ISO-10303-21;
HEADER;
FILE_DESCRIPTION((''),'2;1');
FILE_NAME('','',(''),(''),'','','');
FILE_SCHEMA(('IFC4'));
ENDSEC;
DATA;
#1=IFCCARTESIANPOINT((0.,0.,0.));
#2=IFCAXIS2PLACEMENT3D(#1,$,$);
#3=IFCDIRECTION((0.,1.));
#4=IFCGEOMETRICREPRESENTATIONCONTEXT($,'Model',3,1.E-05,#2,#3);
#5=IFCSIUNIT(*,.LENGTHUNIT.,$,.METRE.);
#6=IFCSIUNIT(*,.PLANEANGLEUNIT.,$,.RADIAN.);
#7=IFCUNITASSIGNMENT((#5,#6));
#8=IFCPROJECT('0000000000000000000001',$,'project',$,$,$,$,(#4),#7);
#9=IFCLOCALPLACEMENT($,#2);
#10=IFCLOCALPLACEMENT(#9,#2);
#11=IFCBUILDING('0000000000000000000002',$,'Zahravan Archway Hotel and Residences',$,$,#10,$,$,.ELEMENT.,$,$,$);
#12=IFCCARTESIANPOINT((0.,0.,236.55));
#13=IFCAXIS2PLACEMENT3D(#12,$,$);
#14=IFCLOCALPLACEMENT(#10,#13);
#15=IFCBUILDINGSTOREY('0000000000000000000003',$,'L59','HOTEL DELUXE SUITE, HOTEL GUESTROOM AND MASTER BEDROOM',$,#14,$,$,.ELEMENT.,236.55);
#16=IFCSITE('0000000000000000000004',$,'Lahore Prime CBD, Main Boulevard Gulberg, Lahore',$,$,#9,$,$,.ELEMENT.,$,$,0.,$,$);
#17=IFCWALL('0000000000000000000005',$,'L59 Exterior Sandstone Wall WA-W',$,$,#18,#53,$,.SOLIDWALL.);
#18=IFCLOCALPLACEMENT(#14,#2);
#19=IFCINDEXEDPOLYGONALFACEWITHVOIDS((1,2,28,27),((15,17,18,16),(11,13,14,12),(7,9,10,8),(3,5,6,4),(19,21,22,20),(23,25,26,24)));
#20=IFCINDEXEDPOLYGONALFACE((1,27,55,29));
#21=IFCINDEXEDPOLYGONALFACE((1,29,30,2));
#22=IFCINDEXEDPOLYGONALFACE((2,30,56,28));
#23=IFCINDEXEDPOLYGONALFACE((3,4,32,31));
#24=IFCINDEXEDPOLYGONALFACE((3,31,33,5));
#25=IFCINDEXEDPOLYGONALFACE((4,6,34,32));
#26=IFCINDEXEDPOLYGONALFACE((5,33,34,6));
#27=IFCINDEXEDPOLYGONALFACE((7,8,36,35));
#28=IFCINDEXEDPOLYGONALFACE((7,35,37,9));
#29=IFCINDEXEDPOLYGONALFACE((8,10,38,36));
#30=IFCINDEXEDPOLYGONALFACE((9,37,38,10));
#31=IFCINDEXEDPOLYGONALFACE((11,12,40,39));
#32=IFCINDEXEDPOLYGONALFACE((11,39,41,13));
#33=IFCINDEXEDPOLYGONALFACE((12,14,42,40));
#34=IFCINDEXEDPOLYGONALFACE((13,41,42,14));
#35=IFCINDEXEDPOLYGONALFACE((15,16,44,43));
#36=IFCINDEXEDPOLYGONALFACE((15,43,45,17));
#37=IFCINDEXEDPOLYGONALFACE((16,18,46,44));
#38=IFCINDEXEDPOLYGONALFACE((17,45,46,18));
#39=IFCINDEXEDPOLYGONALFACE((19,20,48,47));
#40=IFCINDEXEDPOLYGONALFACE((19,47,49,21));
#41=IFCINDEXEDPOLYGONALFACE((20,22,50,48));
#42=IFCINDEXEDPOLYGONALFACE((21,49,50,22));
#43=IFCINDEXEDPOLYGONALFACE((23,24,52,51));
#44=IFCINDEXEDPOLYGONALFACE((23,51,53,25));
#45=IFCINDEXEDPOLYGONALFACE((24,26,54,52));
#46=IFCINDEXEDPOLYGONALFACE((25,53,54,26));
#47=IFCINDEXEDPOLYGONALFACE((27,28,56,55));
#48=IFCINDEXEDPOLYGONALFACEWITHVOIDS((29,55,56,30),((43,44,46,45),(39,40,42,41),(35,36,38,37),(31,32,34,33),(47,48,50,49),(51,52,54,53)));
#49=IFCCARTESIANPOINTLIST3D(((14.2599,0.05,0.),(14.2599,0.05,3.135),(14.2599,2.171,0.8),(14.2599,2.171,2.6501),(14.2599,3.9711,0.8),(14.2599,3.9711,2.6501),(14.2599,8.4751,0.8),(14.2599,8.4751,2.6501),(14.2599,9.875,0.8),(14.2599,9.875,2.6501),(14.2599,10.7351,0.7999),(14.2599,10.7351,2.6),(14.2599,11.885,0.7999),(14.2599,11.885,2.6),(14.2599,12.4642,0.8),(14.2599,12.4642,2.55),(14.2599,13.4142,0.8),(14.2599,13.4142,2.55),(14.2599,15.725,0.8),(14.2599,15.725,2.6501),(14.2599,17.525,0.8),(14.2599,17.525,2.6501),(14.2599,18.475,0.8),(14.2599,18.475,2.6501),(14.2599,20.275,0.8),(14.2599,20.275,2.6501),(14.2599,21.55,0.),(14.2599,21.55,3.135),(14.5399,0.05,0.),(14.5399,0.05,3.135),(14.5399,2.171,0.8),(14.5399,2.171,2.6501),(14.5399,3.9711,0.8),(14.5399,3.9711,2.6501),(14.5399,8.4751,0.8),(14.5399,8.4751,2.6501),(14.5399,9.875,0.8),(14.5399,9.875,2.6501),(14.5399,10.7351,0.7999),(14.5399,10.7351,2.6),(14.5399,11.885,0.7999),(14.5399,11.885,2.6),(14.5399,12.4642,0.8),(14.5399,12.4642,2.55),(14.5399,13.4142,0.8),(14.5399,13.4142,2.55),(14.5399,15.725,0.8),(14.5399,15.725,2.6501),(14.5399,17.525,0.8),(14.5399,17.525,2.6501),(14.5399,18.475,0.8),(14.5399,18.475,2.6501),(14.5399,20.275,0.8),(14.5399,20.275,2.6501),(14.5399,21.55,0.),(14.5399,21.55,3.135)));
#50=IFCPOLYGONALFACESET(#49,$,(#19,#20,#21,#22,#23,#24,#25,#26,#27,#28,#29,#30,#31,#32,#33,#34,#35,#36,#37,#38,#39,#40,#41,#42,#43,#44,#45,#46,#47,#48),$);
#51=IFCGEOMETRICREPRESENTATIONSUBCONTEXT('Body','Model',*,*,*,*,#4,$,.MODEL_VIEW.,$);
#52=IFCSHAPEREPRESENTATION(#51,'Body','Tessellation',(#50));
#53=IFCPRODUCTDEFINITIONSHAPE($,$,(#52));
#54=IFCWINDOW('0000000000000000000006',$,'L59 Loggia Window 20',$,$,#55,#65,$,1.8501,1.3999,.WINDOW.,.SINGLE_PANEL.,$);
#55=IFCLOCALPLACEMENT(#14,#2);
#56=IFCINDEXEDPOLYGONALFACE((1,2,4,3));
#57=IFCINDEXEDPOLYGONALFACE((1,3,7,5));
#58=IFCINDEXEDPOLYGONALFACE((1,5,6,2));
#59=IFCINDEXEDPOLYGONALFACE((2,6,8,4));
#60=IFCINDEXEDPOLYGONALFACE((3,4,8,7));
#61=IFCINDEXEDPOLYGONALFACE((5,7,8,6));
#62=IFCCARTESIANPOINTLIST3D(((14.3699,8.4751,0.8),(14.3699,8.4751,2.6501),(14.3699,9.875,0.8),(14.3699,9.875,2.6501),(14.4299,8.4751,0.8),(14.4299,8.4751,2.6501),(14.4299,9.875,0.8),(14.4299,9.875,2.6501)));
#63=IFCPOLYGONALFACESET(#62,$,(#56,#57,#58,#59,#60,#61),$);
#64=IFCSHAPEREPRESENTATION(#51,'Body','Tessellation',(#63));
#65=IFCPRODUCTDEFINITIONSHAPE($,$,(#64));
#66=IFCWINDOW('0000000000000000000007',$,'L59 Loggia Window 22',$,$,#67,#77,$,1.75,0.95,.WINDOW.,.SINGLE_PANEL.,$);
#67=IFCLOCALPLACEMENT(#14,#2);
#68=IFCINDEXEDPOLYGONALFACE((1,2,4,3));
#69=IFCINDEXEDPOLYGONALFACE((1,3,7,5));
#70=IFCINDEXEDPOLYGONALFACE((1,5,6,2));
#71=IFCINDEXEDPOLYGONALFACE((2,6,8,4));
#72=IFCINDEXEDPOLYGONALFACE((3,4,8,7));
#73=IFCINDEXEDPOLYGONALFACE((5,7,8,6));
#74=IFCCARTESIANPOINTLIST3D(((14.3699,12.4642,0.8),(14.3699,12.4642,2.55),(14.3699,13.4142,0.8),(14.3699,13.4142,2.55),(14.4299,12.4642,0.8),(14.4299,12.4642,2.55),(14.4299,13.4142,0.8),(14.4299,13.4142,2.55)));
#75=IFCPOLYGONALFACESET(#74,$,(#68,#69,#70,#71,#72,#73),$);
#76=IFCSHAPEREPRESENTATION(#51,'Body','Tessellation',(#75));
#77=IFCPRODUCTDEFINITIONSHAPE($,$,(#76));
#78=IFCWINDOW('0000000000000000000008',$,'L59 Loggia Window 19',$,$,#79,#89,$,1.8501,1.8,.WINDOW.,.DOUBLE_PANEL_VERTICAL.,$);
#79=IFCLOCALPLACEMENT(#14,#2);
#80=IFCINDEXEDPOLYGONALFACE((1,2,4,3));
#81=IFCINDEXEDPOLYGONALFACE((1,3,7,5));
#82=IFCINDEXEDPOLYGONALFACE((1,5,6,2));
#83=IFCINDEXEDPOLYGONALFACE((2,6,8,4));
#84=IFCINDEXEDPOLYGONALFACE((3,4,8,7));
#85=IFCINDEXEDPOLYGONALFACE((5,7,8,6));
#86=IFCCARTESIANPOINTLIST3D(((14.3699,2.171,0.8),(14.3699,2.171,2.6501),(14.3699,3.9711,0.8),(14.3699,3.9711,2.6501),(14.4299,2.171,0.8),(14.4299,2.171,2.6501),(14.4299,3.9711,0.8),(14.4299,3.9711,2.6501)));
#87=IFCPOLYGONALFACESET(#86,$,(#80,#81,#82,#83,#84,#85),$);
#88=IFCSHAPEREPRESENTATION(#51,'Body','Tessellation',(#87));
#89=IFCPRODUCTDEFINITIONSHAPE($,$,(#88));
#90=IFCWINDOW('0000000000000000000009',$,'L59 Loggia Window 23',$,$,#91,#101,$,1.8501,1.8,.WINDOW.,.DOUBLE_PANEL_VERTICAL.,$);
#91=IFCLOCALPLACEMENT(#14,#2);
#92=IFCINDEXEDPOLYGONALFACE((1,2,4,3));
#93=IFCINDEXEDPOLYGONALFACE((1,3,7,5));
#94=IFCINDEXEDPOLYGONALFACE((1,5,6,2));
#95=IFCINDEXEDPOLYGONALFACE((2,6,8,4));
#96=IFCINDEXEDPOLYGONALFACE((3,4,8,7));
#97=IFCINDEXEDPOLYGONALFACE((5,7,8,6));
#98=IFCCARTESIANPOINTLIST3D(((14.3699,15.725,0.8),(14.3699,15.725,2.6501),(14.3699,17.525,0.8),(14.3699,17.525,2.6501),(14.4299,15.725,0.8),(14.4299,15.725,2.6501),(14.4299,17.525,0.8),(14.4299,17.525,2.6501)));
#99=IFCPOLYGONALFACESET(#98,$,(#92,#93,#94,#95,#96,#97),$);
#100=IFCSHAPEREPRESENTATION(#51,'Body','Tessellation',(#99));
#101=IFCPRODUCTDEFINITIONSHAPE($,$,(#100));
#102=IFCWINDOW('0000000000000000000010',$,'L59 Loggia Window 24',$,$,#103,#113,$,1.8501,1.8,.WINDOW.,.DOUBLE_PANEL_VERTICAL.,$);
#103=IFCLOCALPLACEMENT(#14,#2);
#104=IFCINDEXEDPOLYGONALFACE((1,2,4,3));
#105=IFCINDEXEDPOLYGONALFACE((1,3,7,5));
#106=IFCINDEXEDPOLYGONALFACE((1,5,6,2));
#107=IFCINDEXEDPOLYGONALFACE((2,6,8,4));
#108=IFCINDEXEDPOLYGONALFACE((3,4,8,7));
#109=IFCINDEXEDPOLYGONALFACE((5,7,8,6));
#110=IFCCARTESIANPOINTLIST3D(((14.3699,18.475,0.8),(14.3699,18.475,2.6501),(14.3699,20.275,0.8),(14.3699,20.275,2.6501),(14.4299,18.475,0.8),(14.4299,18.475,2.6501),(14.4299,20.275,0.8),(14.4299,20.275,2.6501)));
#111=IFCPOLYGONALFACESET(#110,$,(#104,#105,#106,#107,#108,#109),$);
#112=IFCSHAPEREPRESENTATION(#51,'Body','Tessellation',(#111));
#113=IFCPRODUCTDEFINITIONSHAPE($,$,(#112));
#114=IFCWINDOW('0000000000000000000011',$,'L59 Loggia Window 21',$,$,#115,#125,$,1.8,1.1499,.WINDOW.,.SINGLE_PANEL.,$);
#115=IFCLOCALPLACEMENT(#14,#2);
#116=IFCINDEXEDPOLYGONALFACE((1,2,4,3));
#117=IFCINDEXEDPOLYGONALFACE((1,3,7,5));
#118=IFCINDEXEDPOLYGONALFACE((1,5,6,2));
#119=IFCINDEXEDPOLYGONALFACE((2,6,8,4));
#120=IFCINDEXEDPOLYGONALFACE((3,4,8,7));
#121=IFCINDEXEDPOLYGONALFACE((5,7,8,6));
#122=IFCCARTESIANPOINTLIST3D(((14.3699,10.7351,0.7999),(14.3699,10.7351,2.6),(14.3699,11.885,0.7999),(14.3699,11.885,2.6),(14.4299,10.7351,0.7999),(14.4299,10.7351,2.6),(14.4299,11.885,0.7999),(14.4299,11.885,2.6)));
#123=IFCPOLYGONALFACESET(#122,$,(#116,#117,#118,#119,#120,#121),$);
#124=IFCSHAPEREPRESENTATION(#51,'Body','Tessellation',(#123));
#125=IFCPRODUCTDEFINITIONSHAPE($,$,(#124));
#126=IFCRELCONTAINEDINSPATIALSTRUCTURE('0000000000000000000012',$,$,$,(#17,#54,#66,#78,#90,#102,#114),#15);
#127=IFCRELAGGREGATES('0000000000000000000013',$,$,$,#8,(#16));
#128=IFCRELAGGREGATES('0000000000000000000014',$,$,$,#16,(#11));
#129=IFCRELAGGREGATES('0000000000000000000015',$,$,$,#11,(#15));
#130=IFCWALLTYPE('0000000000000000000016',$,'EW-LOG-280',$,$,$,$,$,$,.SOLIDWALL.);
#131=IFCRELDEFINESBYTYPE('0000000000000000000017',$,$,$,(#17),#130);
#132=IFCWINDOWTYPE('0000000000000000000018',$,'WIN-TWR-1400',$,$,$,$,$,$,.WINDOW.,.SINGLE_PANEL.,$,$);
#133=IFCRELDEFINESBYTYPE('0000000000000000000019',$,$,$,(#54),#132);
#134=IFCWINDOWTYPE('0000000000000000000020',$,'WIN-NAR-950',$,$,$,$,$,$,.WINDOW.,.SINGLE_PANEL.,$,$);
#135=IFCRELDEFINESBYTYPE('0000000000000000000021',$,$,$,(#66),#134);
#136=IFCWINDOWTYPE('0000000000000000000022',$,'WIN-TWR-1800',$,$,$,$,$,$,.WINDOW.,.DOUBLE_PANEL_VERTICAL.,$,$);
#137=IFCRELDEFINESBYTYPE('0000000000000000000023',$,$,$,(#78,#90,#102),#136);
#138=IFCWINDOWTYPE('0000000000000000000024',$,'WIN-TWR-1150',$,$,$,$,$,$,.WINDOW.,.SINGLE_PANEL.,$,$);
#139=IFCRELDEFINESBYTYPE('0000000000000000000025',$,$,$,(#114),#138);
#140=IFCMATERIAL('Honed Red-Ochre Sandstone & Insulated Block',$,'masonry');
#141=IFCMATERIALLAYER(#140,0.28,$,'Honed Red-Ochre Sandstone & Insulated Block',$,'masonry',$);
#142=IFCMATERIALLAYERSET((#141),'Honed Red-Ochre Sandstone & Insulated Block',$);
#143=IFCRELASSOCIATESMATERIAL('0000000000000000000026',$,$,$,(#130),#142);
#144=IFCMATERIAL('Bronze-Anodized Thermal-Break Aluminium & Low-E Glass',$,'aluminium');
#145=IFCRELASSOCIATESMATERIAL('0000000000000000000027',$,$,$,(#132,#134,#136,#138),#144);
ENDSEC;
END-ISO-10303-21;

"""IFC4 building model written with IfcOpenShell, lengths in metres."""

from ifc_helpers import new_model, si_unit, direction, frame, frame_2d, origin, place, context, subcontext, project, spatial, rectangle, extrude, source, transform, mapped, material, layer, layer_set, type_object, type_shapes, element, fill, save


model = new_model("IFC4")

# Units and contexts
model_context = context("Model", 3, precision=1e-05, world=origin(), true_north=direction((0.0, 1.0)))
body_context = subcontext(model_context, "Body", "Model", "MODEL_VIEW")
ifc_project = project(units=[si_unit("LENGTHUNIT", "METRE"), si_unit("PLANEANGLEUNIT", "RADIAN")], contexts=[model_context])

# Site, building, storey
site_placement = place(None, origin())
site = spatial("IfcSite", under=ifc_project, at=site_placement, Name="Lahore Prime CBD, Main Boulevard Gulberg, Lahore", CompositionType="ELEMENT", RefElevation=0.0)
building_placement = place(site_placement, origin())
building = spatial("IfcBuilding", under=site, at=building_placement, Name="Zahravan Archway Hotel and Residences", CompositionType="ELEMENT")
storey_placement = place(building_placement, frame((0.0, 0.0, 236.55)))
storey = spatial("IfcBuildingStorey", under=building, at=storey_placement, Name="L59", Description="HOTEL DELUXE SUITE, HOTEL GUESTROOM AND MASTER BEDROOM", CompositionType="ELEMENT", Elevation=236.55)

# Shared definitions
ifc_material_1 = material(Name="Honed Red-Ochre Sandstone & Insulated Block", Category="masonry")
ifc_layer_1 = layer(ifc_material_1, 0.28, Name="Honed Red-Ochre Sandstone & Insulated Block", Category="masonry")
ifc_layer_set_1 = layer_set([ifc_layer_1], Name="Honed Red-Ochre Sandstone & Insulated Block")
wall_type_1 = type_object("IfcWallType", Name="EW-LOG-280", PredefinedType="SOLIDWALL", material=ifc_layer_set_1)
ifc_material_2 = material(Name="Bronze-Anodized Thermal-Break Aluminium & Low-E Glass", Category="aluminium")
window_type_1 = type_object("IfcWindowType", Name="WIN-TWR-1400", PartitioningType="SINGLE_PANEL", PredefinedType="WINDOW", material=ifc_material_2)
shared_shape_1 = source(origin(), body_context, "Body", "SweptSolid", [
    extrude(rectangle(XDim=1.3999, YDim=1.8501, at=frame_2d((0.7, 0.925))), frame((0.0, 0.03, 0.0), z_axis=(0.0, -1.0, 0.0), x_axis=(1.0, 0.0, 0.0)), (0.0, 0.0, 1.0), 0.0601),
])
type_shapes(window_type_1, [shared_shape_1])
window_type_2 = type_object("IfcWindowType", Name="WIN-NAR-950", PartitioningType="SINGLE_PANEL", PredefinedType="WINDOW", material=ifc_material_2)
shared_shape_2 = source(origin(), body_context, "Body", "SweptSolid", [
    extrude(rectangle(XDim=0.95, YDim=1.75, at=frame_2d((0.4751, 0.875))), frame((0.0, 0.03, 0.0), z_axis=(0.0, -1.0, 0.0), x_axis=(1.0, 0.0, 0.0)), (0.0, 0.0, 1.0), 0.0601),
])
type_shapes(window_type_2, [shared_shape_2])
window_type_3 = type_object("IfcWindowType", Name="WIN-TWR-1800", PartitioningType="DOUBLE_PANEL_VERTICAL", PredefinedType="WINDOW", material=ifc_material_2)
shared_shape_3 = source(origin(), body_context, "Body", "SweptSolid", [
    extrude(rectangle(XDim=1.8, YDim=1.8501, at=frame_2d((0.8999, 0.925))), frame((0.0, 0.03, 0.0), z_axis=(0.0, -1.0, 0.0), x_axis=(1.0, 0.0, 0.0)), (0.0, 0.0, 1.0), 0.0601),
])
type_shapes(window_type_3, [shared_shape_3])

# Wall, openings, windows
wall_1_placement = place(storey_placement, frame((14.3999, 0.05, 0.0), z_axis=(0.0, 0.0, 1.0), x_axis=(0.0, 1.0, 0.0)))
wall_1 = element("IfcWall", 1, at=wall_1_placement, inside=storey, type_object=wall_type_1, Name="L59 Exterior Sandstone Wall WA-W", PredefinedType="SOLIDWALL", context=body_context, shape_type="SweptSolid", body=[
    extrude(rectangle(XDim=21.5, YDim=0.28, at=frame_2d((10.75, 0.0))), origin(), (0.0, 0.0, 1.0), 3.135),
])
opening_1_placement = place(wall_1_placement, frame((2.1211, 0.0, 0.8)))
opening_1 = element("IfcOpeningElement", 2, at=opening_1_placement, cuts=wall_1, PredefinedType="OPENING", context=body_context, shape_type="SweptSolid", body=[
    extrude(rectangle(XDim=1.8, YDim=1.8501, at=frame_2d((0.8999, 0.925))), frame((0.0, 0.1499, 0.0), z_axis=(0.0, -1.0, 0.0), x_axis=(1.0, 0.0, 0.0)), (0.0, 0.0, 1.0), 0.3),
])
opening_2_placement = place(wall_1_placement, frame((8.425, 0.0, 0.8)))
opening_2 = element("IfcOpeningElement", 3, at=opening_2_placement, cuts=wall_1, PredefinedType="OPENING", context=body_context, shape_type="SweptSolid", body=[
    extrude(rectangle(XDim=1.3999, YDim=1.8501, at=frame_2d((0.7, 0.925))), frame((0.0, 0.1499, 0.0), z_axis=(0.0, -1.0, 0.0), x_axis=(1.0, 0.0, 0.0)), (0.0, 0.0, 1.0), 0.3),
])
opening_3_placement = place(wall_1_placement, frame((10.6851, 0.0, 0.8)))
opening_3 = element("IfcOpeningElement", 4, at=opening_3_placement, cuts=wall_1, PredefinedType="OPENING", context=body_context, shape_type="SweptSolid", body=[
    extrude(rectangle(XDim=1.1499, YDim=1.8, at=frame_2d((0.575, 0.8999))), frame((0.0, 0.1499, 0.0), z_axis=(0.0, -1.0, 0.0), x_axis=(1.0, 0.0, 0.0)), (0.0, 0.0, 1.0), 0.3),
])
opening_4_placement = place(wall_1_placement, frame((12.4141, 0.0, 0.8)))
opening_4 = element("IfcOpeningElement", 5, at=opening_4_placement, cuts=wall_1, PredefinedType="OPENING", context=body_context, shape_type="SweptSolid", body=[
    extrude(rectangle(XDim=0.95, YDim=1.75, at=frame_2d((0.4751, 0.875))), frame((0.0, 0.1499, 0.0), z_axis=(0.0, -1.0, 0.0), x_axis=(1.0, 0.0, 0.0)), (0.0, 0.0, 1.0), 0.3),
])
opening_5_placement = place(wall_1_placement, frame((15.675, 0.0, 0.8)))
opening_5 = element("IfcOpeningElement", 6, at=opening_5_placement, cuts=wall_1, PredefinedType="OPENING", context=body_context, shape_type="SweptSolid", body=[
    extrude(rectangle(XDim=1.8, YDim=1.8501, at=frame_2d((0.8999, 0.925))), frame((0.0, 0.1499, 0.0), z_axis=(0.0, -1.0, 0.0), x_axis=(1.0, 0.0, 0.0)), (0.0, 0.0, 1.0), 0.3),
])
opening_6_placement = place(wall_1_placement, frame((18.425, 0.0, 0.8)))
opening_6 = element("IfcOpeningElement", 7, at=opening_6_placement, cuts=wall_1, PredefinedType="OPENING", context=body_context, shape_type="SweptSolid", body=[
    extrude(rectangle(XDim=1.8, YDim=1.8501, at=frame_2d((0.8999, 0.925))), frame((0.0, 0.1499, 0.0), z_axis=(0.0, -1.0, 0.0), x_axis=(1.0, 0.0, 0.0)), (0.0, 0.0, 1.0), 0.3),
])
window_1_placement = place(opening_2_placement, origin())
window_1 = element("IfcWindow", 8, at=window_1_placement, inside=storey, type_object=window_type_1, Name="L59 Loggia Window 20", OverallHeight=1.8501, OverallWidth=1.3999, PartitioningType="SINGLE_PANEL", PredefinedType="WINDOW", context=body_context, shape_type="MappedRepresentation", body=[
    mapped(shared_shape_1, transform((0.0, 0.0, 0.0), scale=1.0)),
])
fill(opening_2, window_1)
window_2_placement = place(opening_4_placement, origin())
window_2 = element("IfcWindow", 9, at=window_2_placement, inside=storey, type_object=window_type_2, Name="L59 Loggia Window 22", OverallHeight=1.75, OverallWidth=0.95, PartitioningType="SINGLE_PANEL", PredefinedType="WINDOW", context=body_context, shape_type="MappedRepresentation", body=[
    mapped(shared_shape_2, transform((0.0, 0.0, 0.0), scale=1.0)),
])
fill(opening_4, window_2)
window_3_placement = place(opening_1_placement, origin())
window_3 = element("IfcWindow", 10, at=window_3_placement, inside=storey, type_object=window_type_3, Name="L59 Loggia Window 19", OverallHeight=1.8501, OverallWidth=1.8, PartitioningType="DOUBLE_PANEL_VERTICAL", PredefinedType="WINDOW", context=body_context, shape_type="MappedRepresentation", body=[
    mapped(shared_shape_3, transform((0.0, 0.0, 0.0), scale=1.0)),
])
fill(opening_1, window_3)
window_4_placement = place(opening_5_placement, origin())
window_4 = element("IfcWindow", 11, at=window_4_placement, inside=storey, type_object=window_type_3, Name="L59 Loggia Window 23", OverallHeight=1.8501, OverallWidth=1.8, PartitioningType="DOUBLE_PANEL_VERTICAL", PredefinedType="WINDOW", context=body_context, shape_type="MappedRepresentation", body=[
    mapped(shared_shape_3, transform((0.0, 0.0, 0.0), scale=1.0)),
])
fill(opening_5, window_4)
window_5_placement = place(opening_6_placement, origin())
window_5 = element("IfcWindow", 12, at=window_5_placement, inside=storey, type_object=window_type_3, Name="L59 Loggia Window 24", OverallHeight=1.8501, OverallWidth=1.8, PartitioningType="DOUBLE_PANEL_VERTICAL", PredefinedType="WINDOW", context=body_context, shape_type="MappedRepresentation", body=[
    mapped(shared_shape_3, transform((0.0, 0.0, 0.0), scale=1.0)),
])
fill(opening_6, window_5)
window_type_4 = type_object("IfcWindowType", Name="WIN-TWR-1150", PartitioningType="SINGLE_PANEL", PredefinedType="WINDOW", material=ifc_material_2)
shared_shape_4 = source(origin(), body_context, "Body", "SweptSolid", [
    extrude(rectangle(XDim=1.1499, YDim=1.8, at=frame_2d((0.575, 0.8999))), frame((0.0, 0.03, 0.0), z_axis=(0.0, -1.0, 0.0), x_axis=(1.0, 0.0, 0.0)), (0.0, 0.0, 1.0), 0.0601),
])
type_shapes(window_type_4, [shared_shape_4])
window_6_placement = place(opening_3_placement, origin())
window_6 = element("IfcWindow", 13, at=window_6_placement, inside=storey, type_object=window_type_4, Name="L59 Loggia Window 21", OverallHeight=1.8, OverallWidth=1.1499, PartitioningType="SINGLE_PANEL", PredefinedType="WINDOW", context=body_context, shape_type="MappedRepresentation", body=[
    mapped(shared_shape_4, transform((0.0, 0.0, 0.0), scale=1.0)),
])
fill(opening_3, window_6)

save(model, "model.ifc")
